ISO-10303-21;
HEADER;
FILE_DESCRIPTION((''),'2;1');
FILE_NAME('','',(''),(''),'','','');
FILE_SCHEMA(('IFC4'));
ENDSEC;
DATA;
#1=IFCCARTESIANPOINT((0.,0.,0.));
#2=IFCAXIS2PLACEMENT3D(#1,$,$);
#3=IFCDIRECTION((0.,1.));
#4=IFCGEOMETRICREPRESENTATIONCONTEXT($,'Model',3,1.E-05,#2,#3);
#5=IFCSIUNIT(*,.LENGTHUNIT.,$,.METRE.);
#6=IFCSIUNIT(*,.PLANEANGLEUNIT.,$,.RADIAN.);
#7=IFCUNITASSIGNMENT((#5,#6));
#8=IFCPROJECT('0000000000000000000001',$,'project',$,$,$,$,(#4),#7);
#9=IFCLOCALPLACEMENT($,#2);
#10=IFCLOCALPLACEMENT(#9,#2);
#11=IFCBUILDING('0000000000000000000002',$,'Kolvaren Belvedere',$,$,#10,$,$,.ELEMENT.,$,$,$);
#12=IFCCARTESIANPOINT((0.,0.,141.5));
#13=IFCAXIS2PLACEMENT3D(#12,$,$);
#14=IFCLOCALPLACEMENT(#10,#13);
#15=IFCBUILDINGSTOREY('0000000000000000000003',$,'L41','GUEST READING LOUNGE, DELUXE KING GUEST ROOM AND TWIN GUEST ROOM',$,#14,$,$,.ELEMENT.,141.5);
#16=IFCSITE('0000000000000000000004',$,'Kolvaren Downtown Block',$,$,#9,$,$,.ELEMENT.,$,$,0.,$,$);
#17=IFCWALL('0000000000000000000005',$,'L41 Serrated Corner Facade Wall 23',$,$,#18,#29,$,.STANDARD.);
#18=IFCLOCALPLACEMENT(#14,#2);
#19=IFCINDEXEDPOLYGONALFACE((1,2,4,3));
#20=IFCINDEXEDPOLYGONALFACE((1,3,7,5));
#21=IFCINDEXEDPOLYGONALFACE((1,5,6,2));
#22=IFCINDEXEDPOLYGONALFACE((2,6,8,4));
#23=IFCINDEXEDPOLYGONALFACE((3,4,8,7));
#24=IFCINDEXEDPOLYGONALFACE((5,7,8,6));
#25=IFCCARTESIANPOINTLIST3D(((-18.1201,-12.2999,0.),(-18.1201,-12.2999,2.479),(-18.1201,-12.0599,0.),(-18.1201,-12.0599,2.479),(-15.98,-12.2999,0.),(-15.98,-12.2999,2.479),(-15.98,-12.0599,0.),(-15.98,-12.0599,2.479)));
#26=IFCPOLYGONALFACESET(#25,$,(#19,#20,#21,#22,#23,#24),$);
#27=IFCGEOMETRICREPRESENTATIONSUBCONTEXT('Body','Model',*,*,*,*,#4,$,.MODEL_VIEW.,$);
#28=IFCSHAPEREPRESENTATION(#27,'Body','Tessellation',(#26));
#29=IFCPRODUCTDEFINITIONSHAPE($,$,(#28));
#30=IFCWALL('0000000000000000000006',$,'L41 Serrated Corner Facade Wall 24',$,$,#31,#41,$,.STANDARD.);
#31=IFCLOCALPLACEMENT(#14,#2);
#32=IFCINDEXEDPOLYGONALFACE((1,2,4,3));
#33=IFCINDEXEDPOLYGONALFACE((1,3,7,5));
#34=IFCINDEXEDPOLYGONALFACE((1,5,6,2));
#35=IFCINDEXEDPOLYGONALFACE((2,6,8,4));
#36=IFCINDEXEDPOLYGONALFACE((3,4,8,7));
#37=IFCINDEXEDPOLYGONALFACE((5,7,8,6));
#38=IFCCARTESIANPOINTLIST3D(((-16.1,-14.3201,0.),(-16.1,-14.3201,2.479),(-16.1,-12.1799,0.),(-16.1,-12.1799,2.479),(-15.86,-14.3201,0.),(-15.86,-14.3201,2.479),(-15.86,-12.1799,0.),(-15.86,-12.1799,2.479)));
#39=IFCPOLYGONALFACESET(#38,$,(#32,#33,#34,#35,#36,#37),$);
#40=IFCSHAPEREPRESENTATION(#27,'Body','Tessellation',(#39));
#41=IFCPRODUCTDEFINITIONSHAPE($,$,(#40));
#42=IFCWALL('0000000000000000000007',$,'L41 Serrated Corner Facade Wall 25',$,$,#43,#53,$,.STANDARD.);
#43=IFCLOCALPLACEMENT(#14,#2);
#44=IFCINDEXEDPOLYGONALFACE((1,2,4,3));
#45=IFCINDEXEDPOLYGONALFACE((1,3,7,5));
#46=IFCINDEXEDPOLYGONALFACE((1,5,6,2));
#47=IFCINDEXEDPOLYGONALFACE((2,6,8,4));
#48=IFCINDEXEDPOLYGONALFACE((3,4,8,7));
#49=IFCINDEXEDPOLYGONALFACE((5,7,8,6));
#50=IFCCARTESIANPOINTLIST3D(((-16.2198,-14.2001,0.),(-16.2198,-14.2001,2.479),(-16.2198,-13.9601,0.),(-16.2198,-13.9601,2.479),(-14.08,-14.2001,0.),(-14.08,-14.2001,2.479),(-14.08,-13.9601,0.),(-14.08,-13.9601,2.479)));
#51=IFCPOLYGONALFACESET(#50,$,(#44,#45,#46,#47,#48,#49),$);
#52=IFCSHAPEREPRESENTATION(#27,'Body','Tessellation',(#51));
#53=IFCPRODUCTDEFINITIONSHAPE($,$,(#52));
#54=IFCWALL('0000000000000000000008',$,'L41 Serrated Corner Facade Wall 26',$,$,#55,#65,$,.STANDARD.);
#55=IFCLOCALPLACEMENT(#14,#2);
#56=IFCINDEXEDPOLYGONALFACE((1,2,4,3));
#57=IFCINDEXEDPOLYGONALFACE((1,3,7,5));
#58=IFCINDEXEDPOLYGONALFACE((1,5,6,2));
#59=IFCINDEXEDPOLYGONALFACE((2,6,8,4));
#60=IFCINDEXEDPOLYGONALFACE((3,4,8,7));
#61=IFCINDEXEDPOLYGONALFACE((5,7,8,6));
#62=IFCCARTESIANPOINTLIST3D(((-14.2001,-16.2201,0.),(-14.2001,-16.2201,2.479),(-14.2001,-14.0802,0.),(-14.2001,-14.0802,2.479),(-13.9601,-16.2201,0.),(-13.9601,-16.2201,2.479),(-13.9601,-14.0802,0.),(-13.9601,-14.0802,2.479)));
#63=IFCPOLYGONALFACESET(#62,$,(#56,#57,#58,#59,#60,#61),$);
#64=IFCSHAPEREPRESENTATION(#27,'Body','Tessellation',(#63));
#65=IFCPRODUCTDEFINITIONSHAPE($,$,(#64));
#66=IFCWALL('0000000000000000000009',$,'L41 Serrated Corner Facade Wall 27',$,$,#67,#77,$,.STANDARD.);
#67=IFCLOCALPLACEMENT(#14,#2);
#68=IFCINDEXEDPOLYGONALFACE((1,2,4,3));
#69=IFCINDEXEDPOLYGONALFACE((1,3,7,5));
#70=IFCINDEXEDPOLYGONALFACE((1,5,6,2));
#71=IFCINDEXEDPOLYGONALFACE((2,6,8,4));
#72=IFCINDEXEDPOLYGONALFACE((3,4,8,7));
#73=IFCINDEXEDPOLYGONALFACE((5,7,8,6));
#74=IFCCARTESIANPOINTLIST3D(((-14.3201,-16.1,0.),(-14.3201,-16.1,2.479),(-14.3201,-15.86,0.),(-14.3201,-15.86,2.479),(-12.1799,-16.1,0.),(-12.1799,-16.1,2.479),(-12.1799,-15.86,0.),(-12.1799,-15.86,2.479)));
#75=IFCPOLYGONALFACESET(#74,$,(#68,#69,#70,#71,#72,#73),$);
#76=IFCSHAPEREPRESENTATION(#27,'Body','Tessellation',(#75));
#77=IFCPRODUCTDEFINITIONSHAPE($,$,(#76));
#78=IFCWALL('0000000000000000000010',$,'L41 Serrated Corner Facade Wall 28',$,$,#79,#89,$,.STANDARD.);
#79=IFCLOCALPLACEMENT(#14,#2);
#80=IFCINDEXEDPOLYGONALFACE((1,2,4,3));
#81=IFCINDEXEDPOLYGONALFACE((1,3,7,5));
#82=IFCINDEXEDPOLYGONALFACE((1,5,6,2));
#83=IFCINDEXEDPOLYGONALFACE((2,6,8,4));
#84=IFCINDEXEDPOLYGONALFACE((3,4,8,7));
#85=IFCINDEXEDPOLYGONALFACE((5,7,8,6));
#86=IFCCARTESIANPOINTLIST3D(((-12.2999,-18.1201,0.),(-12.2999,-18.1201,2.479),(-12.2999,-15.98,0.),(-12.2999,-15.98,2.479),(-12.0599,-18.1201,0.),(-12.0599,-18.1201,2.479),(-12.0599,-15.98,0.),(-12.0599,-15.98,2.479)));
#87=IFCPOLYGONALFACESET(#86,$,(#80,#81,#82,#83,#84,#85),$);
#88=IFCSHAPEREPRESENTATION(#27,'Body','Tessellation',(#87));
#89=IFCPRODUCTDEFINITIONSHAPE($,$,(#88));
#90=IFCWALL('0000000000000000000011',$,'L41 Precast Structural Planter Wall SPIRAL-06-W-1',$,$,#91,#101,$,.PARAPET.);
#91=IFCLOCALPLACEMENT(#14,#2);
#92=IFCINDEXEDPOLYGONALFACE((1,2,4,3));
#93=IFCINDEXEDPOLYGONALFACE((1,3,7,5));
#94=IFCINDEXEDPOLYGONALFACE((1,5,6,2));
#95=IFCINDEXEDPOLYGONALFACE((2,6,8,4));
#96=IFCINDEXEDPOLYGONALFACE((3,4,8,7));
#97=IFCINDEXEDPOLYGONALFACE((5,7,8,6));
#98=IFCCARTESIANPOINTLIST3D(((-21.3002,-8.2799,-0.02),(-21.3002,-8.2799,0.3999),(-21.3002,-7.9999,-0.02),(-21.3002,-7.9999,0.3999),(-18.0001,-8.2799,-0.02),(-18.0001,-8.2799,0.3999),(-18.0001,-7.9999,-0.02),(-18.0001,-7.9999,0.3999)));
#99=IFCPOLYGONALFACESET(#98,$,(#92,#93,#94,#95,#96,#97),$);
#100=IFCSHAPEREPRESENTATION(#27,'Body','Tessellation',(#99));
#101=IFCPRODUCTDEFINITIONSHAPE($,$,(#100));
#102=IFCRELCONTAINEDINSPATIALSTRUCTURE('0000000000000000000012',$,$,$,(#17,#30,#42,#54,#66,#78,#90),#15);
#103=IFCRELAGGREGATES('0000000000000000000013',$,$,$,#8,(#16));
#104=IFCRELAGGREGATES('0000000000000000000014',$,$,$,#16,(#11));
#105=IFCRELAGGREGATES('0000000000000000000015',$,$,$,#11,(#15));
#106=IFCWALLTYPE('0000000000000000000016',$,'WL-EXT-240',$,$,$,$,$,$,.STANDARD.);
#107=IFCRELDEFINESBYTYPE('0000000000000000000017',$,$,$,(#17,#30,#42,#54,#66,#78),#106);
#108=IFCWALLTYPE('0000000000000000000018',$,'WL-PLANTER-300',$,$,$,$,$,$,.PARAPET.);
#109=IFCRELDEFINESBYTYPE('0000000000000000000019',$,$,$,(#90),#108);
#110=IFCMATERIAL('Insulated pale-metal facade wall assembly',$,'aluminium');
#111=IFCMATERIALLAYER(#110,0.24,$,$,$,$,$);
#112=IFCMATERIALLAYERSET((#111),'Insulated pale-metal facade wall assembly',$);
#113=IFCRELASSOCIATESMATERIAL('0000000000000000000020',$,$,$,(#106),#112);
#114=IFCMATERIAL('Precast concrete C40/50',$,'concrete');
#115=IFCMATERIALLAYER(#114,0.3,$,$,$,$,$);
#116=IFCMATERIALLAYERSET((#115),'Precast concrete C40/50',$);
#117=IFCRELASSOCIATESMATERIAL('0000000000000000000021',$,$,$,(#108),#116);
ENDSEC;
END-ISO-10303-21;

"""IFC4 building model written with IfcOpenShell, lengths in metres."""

from ifc_helpers import new_model, si_unit, direction, frame, frame_2d, origin, place, context, subcontext, project, spatial, rectangle, extrude, material, layer, layer_set, type_object, element, save


model = new_model("IFC4")

# Units and contexts
model_context = context("Model", 3, precision=1e-05, world=origin(), true_north=direction((0.0, 1.0)))
body_context = subcontext(model_context, "Body", "Model", "MODEL_VIEW")
ifc_project = project(units=[si_unit("LENGTHUNIT", "METRE"), si_unit("PLANEANGLEUNIT", "RADIAN")], contexts=[model_context])

# Site, building, storey
site_placement = place(None, origin())
site = spatial("IfcSite", under=ifc_project, at=site_placement, Name="Kolvaren Downtown Block", CompositionType="ELEMENT", RefElevation=0.0)
building_placement = place(site_placement, origin())
building = spatial("IfcBuilding", under=site, at=building_placement, Name="Kolvaren Belvedere", CompositionType="ELEMENT")
storey_placement = place(building_placement, frame((0.0, 0.0, 141.5)))
storey = spatial("IfcBuildingStorey", under=building, at=storey_placement, Name="L41", Description="GUEST READING LOUNGE, DELUXE KING GUEST ROOM AND TWIN GUEST ROOM", CompositionType="ELEMENT", Elevation=141.5)

# Walls
ifc_material_1 = material(Name="Insulated pale-metal facade wall assembly", Category="aluminium")
ifc_layer_1 = layer(ifc_material_1, 0.24)
ifc_layer_set_1 = layer_set([ifc_layer_1], Name="Insulated pale-metal facade wall assembly")
wall_type_1 = type_object("IfcWallType", Name="WL-EXT-240", PredefinedType="STANDARD", material=ifc_layer_set_1)
for number, where, z_axis, x_axis, name in (
    (1, (-15.98, -12.1799, 0.0), (0.0, 0.0, 1.0), (-1.0, 0.0, 0.0), "L41 Serrated Corner Facade Wall 23"),
    (2, (-15.98, -14.3201, 0.0), (0.0, 0.0, 1.0), (0.0, 1.0, 0.0), "L41 Serrated Corner Facade Wall 24"),
):
    element("IfcWall", number, at=place(storey_placement, frame(where, z_axis=z_axis, x_axis=x_axis)), inside=storey, type_object=wall_type_1, Name=name, PredefinedType="STANDARD", context=body_context, shape_type="SweptSolid", body=[
        extrude(rectangle(XDim=2.1401, YDim=0.24, at=frame_2d((1.0701, 0.0))), origin(), (0.0, 0.0, 1.0), 2.479),
    ])
for number, where, z_axis, x_axis, name in (
    (3, (-14.0801, -14.0801, 0.0), (0.0, 0.0, 1.0), (-1.0, 0.0, 0.0), "L41 Serrated Corner Facade Wall 25"),
    (4, (-14.0801, -16.22, 0.0), (0.0, 0.0, 1.0), (0.0, 1.0, 0.0), "L41 Serrated Corner Facade Wall 26"),
):
    element("IfcWall", number, at=place(storey_placement, frame(where, z_axis=z_axis, x_axis=x_axis)), inside=storey, type_object=wall_type_1, Name=name, PredefinedType="STANDARD", context=body_context, shape_type="SweptSolid", body=[
        extrude(rectangle(XDim=2.1399, YDim=0.24, at=frame_2d((1.0698, 0.0))), origin(), (0.0, 0.0, 1.0), 2.479),
    ])
for number, where, z_axis, x_axis, name in (
    (5, (-12.1799, -15.98, 0.0), (0.0, 0.0, 1.0), (-1.0, 0.0, 0.0), "L41 Serrated Corner Facade Wall 27"),
    (6, (-12.1799, -18.1201, 0.0), (0.0, 0.0, 1.0), (0.0, 1.0, 0.0), "L41 Serrated Corner Facade Wall 28"),
):
    element("IfcWall", number, at=place(storey_placement, frame(where, z_axis=z_axis, x_axis=x_axis)), inside=storey, type_object=wall_type_1, Name=name, PredefinedType="STANDARD", context=body_context, shape_type="SweptSolid", body=[
        extrude(rectangle(XDim=2.1401, YDim=0.24, at=frame_2d((1.0701, 0.0))), origin(), (0.0, 0.0, 1.0), 2.479),
    ])
ifc_material_2 = material(Name="Precast concrete C40/50", Category="concrete")
ifc_layer_2 = layer(ifc_material_2, 0.3)
ifc_layer_set_2 = layer_set([ifc_layer_2], Name="Precast concrete C40/50")
wall_type_2 = type_object("IfcWallType", Name="WL-PLANTER-300", PredefinedType="PARAPET", material=ifc_layer_set_2)
wall_1_placement = place(storey_placement, frame((-21.3, -8.1399, -0.02), z_axis=(0.0, 0.0, 1.0), x_axis=(1.0, 0.0, 0.0)))
element("IfcWall", 7, at=wall_1_placement, inside=storey, type_object=wall_type_2, Name="L41 Precast Structural Planter Wall SPIRAL-06-W-1", PredefinedType="PARAPET", context=body_context, shape_type="SweptSolid", body=[
    extrude(rectangle(XDim=3.3, YDim=0.28, at=frame_2d((1.6499, 0.0))), origin(), (0.0, 0.0, 1.0), 0.4199),
])

save(model, "model.ifc")
